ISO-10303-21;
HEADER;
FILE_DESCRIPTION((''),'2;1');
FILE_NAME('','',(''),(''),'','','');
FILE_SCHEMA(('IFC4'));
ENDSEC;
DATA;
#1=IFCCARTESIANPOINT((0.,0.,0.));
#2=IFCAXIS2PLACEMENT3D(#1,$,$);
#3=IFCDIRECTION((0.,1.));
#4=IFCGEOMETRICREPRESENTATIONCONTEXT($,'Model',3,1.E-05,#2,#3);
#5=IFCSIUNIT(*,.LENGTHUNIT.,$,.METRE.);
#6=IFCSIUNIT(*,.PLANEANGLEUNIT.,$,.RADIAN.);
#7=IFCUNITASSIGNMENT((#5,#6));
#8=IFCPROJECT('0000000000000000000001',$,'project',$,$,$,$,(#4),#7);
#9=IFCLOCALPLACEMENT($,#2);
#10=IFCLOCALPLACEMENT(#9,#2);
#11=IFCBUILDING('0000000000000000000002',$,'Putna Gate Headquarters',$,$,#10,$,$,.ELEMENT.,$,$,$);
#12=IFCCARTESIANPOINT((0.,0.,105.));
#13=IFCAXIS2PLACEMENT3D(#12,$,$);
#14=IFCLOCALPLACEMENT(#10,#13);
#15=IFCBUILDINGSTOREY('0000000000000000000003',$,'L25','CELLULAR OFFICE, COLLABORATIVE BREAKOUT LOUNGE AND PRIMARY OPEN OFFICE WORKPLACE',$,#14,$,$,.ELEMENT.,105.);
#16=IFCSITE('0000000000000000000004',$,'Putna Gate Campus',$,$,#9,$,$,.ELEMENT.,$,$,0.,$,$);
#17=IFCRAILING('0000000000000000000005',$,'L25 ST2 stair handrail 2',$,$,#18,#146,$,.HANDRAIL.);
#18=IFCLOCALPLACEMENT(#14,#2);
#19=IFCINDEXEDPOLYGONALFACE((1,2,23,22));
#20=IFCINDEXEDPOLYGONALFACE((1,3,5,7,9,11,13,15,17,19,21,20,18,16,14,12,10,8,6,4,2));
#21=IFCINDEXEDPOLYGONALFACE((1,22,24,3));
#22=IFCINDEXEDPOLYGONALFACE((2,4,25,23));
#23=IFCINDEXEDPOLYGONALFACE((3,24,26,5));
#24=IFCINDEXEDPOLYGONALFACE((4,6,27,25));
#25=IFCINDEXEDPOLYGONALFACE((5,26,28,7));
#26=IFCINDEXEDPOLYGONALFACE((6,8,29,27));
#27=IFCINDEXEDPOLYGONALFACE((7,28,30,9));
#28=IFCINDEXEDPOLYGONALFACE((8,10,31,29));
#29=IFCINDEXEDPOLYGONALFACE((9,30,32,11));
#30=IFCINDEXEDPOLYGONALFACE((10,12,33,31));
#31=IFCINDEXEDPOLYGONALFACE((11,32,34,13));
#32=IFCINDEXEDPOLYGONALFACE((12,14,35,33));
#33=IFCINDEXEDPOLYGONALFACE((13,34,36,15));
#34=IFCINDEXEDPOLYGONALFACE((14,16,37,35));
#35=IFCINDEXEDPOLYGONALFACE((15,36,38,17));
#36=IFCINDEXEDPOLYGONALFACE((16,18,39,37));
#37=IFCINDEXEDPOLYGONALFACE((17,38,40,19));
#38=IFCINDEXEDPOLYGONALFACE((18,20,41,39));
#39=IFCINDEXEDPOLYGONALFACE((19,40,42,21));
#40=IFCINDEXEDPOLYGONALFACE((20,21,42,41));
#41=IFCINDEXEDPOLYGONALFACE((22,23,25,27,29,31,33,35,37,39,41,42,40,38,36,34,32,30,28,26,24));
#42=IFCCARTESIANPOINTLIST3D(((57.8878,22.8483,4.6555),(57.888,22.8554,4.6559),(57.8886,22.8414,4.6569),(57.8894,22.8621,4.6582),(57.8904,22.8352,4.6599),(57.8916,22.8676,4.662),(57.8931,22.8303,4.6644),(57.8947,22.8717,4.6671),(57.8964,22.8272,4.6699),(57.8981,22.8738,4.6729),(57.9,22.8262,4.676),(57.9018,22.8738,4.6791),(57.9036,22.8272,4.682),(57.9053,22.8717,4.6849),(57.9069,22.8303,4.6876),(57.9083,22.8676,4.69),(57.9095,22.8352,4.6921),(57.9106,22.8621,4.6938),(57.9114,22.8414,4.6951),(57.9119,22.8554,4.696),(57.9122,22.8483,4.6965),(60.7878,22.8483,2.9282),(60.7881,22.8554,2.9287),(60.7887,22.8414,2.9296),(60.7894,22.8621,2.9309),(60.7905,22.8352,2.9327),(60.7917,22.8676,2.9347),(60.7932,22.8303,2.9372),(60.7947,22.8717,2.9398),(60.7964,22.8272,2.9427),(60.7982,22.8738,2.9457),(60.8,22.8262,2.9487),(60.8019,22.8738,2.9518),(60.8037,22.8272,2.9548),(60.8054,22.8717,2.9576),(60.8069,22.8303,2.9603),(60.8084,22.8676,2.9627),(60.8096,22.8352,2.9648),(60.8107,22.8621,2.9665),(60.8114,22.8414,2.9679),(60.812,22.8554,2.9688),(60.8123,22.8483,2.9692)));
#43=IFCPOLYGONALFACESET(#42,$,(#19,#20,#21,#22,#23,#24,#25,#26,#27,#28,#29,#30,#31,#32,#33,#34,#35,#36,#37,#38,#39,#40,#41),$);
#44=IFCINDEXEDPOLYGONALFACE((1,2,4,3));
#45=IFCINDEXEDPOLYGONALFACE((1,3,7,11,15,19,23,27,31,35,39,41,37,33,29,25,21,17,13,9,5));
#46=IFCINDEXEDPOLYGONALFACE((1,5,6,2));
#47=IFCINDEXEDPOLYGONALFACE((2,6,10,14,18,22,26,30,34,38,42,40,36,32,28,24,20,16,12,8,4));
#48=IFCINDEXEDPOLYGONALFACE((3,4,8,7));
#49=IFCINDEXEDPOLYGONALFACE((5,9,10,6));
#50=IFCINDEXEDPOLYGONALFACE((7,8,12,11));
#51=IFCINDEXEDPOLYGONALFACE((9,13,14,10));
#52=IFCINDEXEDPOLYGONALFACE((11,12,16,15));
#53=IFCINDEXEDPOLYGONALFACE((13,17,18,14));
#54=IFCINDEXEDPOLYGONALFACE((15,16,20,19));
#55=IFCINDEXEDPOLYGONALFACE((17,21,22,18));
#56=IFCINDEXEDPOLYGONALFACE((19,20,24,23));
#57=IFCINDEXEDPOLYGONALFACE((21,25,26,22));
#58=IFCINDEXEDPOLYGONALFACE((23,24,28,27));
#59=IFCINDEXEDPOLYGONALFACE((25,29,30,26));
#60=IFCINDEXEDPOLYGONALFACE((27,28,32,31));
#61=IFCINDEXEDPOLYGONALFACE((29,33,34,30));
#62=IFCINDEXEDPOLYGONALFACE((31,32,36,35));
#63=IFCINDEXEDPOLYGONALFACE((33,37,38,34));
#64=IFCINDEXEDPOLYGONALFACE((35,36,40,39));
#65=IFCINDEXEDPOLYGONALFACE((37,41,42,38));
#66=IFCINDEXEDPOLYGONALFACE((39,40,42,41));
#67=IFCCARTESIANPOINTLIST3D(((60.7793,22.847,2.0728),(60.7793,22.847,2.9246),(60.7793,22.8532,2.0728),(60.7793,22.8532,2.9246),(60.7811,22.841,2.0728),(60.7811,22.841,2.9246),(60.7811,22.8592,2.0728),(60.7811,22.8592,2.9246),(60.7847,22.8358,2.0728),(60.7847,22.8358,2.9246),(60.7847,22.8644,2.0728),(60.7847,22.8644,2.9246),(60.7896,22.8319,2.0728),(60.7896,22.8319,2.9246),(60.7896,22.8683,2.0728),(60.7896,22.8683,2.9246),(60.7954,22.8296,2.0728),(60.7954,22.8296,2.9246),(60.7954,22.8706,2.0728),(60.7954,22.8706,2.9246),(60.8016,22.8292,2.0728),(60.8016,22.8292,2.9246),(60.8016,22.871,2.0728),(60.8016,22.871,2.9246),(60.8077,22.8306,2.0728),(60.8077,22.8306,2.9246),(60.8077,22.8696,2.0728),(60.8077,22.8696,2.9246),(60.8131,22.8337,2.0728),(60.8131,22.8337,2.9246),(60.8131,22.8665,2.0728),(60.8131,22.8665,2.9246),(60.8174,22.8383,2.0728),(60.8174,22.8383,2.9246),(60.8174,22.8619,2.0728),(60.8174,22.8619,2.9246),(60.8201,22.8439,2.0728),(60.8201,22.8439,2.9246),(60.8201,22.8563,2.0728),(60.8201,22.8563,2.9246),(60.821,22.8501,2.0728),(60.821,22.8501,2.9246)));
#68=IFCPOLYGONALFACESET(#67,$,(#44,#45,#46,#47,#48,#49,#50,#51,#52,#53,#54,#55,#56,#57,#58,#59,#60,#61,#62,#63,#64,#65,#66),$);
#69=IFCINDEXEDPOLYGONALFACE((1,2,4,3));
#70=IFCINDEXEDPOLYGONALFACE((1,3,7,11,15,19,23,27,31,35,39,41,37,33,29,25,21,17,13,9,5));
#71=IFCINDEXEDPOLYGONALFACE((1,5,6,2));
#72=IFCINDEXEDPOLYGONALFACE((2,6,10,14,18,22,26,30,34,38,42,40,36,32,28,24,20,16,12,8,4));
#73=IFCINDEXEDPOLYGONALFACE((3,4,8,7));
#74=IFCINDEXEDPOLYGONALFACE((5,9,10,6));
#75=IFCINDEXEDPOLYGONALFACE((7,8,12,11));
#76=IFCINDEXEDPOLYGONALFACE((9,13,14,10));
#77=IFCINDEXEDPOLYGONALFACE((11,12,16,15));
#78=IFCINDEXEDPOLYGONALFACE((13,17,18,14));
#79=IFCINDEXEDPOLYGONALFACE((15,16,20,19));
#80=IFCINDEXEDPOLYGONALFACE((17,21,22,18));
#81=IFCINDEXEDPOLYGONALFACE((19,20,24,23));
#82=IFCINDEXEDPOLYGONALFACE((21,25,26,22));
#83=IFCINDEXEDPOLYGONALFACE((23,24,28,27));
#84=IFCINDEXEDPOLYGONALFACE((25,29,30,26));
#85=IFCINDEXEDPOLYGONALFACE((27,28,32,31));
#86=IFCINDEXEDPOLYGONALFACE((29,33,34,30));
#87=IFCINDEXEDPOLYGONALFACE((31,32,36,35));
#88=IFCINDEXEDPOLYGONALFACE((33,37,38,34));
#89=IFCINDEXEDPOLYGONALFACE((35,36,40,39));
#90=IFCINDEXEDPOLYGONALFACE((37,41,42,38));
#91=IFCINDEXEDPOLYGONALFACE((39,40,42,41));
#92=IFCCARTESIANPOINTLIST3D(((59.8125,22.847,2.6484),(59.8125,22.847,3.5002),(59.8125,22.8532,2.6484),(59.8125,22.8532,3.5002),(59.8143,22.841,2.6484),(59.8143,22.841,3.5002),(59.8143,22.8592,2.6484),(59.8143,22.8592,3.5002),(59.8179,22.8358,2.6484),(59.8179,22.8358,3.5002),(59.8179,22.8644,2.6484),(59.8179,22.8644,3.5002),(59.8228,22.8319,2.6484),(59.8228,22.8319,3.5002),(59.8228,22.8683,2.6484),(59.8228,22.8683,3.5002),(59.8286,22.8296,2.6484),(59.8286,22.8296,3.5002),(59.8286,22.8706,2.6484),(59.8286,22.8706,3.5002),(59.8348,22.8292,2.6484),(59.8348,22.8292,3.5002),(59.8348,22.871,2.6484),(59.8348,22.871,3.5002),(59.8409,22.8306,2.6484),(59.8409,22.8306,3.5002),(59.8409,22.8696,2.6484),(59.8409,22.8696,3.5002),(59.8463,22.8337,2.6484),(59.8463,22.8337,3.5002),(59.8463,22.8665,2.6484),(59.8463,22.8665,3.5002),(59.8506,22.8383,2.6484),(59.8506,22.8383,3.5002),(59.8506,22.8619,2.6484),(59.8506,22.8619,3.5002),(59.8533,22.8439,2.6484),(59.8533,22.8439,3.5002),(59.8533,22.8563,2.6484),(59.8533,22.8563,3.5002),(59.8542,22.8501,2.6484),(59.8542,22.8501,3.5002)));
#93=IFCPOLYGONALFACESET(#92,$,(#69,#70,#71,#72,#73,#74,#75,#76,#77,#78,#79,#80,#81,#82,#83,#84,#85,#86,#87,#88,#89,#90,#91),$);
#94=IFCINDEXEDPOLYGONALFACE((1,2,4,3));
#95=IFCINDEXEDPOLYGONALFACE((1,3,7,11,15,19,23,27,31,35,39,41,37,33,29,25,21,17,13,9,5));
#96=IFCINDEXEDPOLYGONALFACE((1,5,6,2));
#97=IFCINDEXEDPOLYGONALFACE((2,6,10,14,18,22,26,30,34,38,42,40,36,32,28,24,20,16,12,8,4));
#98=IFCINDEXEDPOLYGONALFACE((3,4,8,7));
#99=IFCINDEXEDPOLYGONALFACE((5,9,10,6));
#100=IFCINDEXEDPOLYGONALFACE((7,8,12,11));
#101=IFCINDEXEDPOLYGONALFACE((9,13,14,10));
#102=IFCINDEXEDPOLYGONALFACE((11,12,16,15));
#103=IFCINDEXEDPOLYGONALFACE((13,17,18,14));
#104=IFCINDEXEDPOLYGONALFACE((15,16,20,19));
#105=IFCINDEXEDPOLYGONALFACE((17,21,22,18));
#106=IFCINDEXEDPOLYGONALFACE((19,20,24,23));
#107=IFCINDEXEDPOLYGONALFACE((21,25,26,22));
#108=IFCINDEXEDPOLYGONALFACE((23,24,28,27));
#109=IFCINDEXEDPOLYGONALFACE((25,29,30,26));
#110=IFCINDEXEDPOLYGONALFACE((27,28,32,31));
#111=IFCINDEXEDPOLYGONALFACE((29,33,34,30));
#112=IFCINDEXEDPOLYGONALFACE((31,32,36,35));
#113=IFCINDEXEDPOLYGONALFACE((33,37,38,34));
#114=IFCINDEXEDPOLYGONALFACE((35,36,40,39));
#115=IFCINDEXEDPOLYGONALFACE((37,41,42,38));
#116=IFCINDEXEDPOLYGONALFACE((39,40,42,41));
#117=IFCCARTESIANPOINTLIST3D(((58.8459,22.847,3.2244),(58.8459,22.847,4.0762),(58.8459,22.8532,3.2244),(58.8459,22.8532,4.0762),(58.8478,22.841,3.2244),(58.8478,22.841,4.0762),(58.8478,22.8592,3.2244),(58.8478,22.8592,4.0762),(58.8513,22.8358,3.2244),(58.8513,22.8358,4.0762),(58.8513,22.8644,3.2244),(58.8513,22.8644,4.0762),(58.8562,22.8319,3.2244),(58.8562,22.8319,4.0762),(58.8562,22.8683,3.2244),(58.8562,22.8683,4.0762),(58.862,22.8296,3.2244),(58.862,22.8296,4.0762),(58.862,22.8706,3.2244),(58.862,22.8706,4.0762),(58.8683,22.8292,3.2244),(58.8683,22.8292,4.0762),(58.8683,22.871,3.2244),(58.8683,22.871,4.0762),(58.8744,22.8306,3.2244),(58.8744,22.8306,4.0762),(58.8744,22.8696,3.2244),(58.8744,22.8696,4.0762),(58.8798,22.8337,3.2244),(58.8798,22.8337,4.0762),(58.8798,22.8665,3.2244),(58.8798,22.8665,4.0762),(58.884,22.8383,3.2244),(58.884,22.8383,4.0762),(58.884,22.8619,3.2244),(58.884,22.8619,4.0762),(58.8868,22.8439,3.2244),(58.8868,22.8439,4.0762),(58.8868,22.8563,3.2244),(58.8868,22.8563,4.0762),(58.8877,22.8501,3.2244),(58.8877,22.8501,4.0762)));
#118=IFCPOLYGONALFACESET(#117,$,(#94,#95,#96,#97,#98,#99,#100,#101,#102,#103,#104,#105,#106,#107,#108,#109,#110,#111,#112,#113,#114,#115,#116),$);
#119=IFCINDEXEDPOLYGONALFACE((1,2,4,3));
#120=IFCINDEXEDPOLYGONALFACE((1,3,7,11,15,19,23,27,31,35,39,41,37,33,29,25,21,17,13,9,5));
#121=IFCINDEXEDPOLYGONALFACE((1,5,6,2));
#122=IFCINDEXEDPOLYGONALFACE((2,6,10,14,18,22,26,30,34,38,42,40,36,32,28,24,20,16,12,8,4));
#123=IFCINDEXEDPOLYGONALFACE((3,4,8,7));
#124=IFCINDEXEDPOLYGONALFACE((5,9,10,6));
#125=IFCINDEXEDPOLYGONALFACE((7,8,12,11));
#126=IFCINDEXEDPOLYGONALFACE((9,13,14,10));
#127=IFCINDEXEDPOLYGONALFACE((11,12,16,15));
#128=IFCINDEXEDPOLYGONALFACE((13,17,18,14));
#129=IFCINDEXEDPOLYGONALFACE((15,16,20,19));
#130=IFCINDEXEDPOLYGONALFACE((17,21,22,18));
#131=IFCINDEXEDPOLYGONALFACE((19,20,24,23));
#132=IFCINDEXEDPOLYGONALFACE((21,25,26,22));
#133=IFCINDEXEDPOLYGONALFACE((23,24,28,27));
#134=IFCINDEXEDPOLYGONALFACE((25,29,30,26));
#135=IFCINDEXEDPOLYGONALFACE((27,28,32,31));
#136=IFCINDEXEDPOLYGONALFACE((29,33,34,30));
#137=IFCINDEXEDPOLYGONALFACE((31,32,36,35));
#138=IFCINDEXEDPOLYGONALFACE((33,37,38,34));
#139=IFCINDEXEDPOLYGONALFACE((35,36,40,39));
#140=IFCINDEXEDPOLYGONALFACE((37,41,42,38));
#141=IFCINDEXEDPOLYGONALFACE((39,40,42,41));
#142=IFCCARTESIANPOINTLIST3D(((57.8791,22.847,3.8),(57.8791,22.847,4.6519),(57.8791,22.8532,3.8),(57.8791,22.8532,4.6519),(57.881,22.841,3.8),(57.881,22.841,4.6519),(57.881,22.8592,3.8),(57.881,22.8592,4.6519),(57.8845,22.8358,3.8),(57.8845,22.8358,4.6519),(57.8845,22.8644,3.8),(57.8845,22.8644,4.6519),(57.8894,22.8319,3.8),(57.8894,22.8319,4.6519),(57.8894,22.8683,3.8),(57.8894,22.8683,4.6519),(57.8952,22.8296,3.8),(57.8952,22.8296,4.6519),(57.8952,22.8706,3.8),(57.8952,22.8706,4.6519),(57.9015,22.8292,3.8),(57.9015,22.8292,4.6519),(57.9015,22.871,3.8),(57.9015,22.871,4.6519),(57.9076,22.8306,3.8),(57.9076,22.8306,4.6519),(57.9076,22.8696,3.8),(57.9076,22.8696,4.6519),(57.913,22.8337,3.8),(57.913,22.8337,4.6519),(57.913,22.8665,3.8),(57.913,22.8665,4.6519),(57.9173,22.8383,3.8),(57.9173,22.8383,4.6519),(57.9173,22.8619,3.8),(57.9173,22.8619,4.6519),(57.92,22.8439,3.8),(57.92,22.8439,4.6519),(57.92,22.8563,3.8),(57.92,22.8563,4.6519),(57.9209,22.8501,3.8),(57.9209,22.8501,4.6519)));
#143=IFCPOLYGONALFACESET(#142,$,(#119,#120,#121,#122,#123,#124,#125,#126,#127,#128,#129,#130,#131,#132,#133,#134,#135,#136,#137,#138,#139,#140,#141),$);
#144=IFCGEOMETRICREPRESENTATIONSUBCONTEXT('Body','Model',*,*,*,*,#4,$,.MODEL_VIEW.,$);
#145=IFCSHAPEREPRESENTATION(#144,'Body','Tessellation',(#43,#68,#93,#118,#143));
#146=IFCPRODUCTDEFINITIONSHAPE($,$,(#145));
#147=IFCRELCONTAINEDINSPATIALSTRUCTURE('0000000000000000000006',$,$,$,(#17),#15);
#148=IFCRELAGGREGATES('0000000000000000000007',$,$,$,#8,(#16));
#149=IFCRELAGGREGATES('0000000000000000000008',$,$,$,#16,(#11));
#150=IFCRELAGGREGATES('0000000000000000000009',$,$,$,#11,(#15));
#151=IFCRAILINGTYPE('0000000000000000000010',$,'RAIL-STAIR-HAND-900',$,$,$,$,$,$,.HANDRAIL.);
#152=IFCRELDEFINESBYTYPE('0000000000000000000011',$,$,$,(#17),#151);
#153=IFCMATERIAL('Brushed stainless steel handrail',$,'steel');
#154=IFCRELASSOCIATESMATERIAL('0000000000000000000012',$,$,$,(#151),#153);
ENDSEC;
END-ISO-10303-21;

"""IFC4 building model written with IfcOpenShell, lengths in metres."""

from ifc_helpers import new_model, si_unit, direction, frame, origin, origin_2d, place, context, subcontext, project, spatial, circle, extrude, material, type_object, element, save


model = new_model("IFC4")

# Units and contexts
model_context = context("Model", 3, precision=1e-05, world=origin(), true_north=direction((0.0, 1.0)))
body_context = subcontext(model_context, "Body", "Model", "MODEL_VIEW")
ifc_project = project(units=[si_unit("LENGTHUNIT", "METRE"), si_unit("PLANEANGLEUNIT", "RADIAN")], contexts=[model_context])

# Site, building, storey
site_placement = place(None, origin())
site = spatial("IfcSite", under=ifc_project, at=site_placement, Name="Putna Gate Campus", CompositionType="ELEMENT", RefElevation=0.0)
building_placement = place(site_placement, origin())
building = spatial("IfcBuilding", under=site, at=building_placement, Name="Putna Gate Headquarters", CompositionType="ELEMENT")
storey_placement = place(building_placement, frame((0.0, 0.0, 105.0)))
storey = spatial("IfcBuildingStorey", under=building, at=storey_placement, Name="L25", Description="CELLULAR OFFICE, COLLABORATIVE BREAKOUT LOUNGE AND PRIMARY OPEN OFFICE WORKPLACE", CompositionType="ELEMENT", Elevation=105.0)

# Railing
ifc_material_1 = material(Name="Brushed stainless steel handrail", Category="steel")
railing_type_1 = type_object("IfcRailingType", Name="RAIL-STAIR-HAND-900", PredefinedType="HANDRAIL", material=ifc_material_1)
railing_1_placement = place(storey_placement, frame((60.8, 22.8501, 2.0728)))
element("IfcRailing", 1, at=railing_1_placement, inside=storey, type_object=railing_type_1, Name="L25 ST2 stair handrail 2", PredefinedType="HANDRAIL", context=body_context, shape_type="SweptSolid", body=[
    extrude(circle(Radius=0.0239, at=origin_2d()), frame((0.0, 0.0, 0.876), z_axis=(-0.85916, 0.0, 0.511706), x_axis=(0.0, -1.0, 0.0)), (0.0, 0.0, 1.0), 3.3755),
    extrude(circle(Radius=0.021, at=origin_2d()), origin(), (0.0, 0.0, 1.0), 0.8518),
    extrude(circle(Radius=0.021, at=origin_2d()), frame((-0.9668, 0.0, 0.5757)), (0.0, 0.0, 1.0), 0.8518),
    extrude(circle(Radius=0.021, at=origin_2d()), frame((-1.9333, 0.0, 1.1516)), (0.0, 0.0, 1.0), 0.8518),
    extrude(circle(Radius=0.021, at=origin_2d()), frame((-2.9001, 0.0, 1.7273)), (0.0, 0.0, 1.0), 0.8518),
])

save(model, "model.ifc")
